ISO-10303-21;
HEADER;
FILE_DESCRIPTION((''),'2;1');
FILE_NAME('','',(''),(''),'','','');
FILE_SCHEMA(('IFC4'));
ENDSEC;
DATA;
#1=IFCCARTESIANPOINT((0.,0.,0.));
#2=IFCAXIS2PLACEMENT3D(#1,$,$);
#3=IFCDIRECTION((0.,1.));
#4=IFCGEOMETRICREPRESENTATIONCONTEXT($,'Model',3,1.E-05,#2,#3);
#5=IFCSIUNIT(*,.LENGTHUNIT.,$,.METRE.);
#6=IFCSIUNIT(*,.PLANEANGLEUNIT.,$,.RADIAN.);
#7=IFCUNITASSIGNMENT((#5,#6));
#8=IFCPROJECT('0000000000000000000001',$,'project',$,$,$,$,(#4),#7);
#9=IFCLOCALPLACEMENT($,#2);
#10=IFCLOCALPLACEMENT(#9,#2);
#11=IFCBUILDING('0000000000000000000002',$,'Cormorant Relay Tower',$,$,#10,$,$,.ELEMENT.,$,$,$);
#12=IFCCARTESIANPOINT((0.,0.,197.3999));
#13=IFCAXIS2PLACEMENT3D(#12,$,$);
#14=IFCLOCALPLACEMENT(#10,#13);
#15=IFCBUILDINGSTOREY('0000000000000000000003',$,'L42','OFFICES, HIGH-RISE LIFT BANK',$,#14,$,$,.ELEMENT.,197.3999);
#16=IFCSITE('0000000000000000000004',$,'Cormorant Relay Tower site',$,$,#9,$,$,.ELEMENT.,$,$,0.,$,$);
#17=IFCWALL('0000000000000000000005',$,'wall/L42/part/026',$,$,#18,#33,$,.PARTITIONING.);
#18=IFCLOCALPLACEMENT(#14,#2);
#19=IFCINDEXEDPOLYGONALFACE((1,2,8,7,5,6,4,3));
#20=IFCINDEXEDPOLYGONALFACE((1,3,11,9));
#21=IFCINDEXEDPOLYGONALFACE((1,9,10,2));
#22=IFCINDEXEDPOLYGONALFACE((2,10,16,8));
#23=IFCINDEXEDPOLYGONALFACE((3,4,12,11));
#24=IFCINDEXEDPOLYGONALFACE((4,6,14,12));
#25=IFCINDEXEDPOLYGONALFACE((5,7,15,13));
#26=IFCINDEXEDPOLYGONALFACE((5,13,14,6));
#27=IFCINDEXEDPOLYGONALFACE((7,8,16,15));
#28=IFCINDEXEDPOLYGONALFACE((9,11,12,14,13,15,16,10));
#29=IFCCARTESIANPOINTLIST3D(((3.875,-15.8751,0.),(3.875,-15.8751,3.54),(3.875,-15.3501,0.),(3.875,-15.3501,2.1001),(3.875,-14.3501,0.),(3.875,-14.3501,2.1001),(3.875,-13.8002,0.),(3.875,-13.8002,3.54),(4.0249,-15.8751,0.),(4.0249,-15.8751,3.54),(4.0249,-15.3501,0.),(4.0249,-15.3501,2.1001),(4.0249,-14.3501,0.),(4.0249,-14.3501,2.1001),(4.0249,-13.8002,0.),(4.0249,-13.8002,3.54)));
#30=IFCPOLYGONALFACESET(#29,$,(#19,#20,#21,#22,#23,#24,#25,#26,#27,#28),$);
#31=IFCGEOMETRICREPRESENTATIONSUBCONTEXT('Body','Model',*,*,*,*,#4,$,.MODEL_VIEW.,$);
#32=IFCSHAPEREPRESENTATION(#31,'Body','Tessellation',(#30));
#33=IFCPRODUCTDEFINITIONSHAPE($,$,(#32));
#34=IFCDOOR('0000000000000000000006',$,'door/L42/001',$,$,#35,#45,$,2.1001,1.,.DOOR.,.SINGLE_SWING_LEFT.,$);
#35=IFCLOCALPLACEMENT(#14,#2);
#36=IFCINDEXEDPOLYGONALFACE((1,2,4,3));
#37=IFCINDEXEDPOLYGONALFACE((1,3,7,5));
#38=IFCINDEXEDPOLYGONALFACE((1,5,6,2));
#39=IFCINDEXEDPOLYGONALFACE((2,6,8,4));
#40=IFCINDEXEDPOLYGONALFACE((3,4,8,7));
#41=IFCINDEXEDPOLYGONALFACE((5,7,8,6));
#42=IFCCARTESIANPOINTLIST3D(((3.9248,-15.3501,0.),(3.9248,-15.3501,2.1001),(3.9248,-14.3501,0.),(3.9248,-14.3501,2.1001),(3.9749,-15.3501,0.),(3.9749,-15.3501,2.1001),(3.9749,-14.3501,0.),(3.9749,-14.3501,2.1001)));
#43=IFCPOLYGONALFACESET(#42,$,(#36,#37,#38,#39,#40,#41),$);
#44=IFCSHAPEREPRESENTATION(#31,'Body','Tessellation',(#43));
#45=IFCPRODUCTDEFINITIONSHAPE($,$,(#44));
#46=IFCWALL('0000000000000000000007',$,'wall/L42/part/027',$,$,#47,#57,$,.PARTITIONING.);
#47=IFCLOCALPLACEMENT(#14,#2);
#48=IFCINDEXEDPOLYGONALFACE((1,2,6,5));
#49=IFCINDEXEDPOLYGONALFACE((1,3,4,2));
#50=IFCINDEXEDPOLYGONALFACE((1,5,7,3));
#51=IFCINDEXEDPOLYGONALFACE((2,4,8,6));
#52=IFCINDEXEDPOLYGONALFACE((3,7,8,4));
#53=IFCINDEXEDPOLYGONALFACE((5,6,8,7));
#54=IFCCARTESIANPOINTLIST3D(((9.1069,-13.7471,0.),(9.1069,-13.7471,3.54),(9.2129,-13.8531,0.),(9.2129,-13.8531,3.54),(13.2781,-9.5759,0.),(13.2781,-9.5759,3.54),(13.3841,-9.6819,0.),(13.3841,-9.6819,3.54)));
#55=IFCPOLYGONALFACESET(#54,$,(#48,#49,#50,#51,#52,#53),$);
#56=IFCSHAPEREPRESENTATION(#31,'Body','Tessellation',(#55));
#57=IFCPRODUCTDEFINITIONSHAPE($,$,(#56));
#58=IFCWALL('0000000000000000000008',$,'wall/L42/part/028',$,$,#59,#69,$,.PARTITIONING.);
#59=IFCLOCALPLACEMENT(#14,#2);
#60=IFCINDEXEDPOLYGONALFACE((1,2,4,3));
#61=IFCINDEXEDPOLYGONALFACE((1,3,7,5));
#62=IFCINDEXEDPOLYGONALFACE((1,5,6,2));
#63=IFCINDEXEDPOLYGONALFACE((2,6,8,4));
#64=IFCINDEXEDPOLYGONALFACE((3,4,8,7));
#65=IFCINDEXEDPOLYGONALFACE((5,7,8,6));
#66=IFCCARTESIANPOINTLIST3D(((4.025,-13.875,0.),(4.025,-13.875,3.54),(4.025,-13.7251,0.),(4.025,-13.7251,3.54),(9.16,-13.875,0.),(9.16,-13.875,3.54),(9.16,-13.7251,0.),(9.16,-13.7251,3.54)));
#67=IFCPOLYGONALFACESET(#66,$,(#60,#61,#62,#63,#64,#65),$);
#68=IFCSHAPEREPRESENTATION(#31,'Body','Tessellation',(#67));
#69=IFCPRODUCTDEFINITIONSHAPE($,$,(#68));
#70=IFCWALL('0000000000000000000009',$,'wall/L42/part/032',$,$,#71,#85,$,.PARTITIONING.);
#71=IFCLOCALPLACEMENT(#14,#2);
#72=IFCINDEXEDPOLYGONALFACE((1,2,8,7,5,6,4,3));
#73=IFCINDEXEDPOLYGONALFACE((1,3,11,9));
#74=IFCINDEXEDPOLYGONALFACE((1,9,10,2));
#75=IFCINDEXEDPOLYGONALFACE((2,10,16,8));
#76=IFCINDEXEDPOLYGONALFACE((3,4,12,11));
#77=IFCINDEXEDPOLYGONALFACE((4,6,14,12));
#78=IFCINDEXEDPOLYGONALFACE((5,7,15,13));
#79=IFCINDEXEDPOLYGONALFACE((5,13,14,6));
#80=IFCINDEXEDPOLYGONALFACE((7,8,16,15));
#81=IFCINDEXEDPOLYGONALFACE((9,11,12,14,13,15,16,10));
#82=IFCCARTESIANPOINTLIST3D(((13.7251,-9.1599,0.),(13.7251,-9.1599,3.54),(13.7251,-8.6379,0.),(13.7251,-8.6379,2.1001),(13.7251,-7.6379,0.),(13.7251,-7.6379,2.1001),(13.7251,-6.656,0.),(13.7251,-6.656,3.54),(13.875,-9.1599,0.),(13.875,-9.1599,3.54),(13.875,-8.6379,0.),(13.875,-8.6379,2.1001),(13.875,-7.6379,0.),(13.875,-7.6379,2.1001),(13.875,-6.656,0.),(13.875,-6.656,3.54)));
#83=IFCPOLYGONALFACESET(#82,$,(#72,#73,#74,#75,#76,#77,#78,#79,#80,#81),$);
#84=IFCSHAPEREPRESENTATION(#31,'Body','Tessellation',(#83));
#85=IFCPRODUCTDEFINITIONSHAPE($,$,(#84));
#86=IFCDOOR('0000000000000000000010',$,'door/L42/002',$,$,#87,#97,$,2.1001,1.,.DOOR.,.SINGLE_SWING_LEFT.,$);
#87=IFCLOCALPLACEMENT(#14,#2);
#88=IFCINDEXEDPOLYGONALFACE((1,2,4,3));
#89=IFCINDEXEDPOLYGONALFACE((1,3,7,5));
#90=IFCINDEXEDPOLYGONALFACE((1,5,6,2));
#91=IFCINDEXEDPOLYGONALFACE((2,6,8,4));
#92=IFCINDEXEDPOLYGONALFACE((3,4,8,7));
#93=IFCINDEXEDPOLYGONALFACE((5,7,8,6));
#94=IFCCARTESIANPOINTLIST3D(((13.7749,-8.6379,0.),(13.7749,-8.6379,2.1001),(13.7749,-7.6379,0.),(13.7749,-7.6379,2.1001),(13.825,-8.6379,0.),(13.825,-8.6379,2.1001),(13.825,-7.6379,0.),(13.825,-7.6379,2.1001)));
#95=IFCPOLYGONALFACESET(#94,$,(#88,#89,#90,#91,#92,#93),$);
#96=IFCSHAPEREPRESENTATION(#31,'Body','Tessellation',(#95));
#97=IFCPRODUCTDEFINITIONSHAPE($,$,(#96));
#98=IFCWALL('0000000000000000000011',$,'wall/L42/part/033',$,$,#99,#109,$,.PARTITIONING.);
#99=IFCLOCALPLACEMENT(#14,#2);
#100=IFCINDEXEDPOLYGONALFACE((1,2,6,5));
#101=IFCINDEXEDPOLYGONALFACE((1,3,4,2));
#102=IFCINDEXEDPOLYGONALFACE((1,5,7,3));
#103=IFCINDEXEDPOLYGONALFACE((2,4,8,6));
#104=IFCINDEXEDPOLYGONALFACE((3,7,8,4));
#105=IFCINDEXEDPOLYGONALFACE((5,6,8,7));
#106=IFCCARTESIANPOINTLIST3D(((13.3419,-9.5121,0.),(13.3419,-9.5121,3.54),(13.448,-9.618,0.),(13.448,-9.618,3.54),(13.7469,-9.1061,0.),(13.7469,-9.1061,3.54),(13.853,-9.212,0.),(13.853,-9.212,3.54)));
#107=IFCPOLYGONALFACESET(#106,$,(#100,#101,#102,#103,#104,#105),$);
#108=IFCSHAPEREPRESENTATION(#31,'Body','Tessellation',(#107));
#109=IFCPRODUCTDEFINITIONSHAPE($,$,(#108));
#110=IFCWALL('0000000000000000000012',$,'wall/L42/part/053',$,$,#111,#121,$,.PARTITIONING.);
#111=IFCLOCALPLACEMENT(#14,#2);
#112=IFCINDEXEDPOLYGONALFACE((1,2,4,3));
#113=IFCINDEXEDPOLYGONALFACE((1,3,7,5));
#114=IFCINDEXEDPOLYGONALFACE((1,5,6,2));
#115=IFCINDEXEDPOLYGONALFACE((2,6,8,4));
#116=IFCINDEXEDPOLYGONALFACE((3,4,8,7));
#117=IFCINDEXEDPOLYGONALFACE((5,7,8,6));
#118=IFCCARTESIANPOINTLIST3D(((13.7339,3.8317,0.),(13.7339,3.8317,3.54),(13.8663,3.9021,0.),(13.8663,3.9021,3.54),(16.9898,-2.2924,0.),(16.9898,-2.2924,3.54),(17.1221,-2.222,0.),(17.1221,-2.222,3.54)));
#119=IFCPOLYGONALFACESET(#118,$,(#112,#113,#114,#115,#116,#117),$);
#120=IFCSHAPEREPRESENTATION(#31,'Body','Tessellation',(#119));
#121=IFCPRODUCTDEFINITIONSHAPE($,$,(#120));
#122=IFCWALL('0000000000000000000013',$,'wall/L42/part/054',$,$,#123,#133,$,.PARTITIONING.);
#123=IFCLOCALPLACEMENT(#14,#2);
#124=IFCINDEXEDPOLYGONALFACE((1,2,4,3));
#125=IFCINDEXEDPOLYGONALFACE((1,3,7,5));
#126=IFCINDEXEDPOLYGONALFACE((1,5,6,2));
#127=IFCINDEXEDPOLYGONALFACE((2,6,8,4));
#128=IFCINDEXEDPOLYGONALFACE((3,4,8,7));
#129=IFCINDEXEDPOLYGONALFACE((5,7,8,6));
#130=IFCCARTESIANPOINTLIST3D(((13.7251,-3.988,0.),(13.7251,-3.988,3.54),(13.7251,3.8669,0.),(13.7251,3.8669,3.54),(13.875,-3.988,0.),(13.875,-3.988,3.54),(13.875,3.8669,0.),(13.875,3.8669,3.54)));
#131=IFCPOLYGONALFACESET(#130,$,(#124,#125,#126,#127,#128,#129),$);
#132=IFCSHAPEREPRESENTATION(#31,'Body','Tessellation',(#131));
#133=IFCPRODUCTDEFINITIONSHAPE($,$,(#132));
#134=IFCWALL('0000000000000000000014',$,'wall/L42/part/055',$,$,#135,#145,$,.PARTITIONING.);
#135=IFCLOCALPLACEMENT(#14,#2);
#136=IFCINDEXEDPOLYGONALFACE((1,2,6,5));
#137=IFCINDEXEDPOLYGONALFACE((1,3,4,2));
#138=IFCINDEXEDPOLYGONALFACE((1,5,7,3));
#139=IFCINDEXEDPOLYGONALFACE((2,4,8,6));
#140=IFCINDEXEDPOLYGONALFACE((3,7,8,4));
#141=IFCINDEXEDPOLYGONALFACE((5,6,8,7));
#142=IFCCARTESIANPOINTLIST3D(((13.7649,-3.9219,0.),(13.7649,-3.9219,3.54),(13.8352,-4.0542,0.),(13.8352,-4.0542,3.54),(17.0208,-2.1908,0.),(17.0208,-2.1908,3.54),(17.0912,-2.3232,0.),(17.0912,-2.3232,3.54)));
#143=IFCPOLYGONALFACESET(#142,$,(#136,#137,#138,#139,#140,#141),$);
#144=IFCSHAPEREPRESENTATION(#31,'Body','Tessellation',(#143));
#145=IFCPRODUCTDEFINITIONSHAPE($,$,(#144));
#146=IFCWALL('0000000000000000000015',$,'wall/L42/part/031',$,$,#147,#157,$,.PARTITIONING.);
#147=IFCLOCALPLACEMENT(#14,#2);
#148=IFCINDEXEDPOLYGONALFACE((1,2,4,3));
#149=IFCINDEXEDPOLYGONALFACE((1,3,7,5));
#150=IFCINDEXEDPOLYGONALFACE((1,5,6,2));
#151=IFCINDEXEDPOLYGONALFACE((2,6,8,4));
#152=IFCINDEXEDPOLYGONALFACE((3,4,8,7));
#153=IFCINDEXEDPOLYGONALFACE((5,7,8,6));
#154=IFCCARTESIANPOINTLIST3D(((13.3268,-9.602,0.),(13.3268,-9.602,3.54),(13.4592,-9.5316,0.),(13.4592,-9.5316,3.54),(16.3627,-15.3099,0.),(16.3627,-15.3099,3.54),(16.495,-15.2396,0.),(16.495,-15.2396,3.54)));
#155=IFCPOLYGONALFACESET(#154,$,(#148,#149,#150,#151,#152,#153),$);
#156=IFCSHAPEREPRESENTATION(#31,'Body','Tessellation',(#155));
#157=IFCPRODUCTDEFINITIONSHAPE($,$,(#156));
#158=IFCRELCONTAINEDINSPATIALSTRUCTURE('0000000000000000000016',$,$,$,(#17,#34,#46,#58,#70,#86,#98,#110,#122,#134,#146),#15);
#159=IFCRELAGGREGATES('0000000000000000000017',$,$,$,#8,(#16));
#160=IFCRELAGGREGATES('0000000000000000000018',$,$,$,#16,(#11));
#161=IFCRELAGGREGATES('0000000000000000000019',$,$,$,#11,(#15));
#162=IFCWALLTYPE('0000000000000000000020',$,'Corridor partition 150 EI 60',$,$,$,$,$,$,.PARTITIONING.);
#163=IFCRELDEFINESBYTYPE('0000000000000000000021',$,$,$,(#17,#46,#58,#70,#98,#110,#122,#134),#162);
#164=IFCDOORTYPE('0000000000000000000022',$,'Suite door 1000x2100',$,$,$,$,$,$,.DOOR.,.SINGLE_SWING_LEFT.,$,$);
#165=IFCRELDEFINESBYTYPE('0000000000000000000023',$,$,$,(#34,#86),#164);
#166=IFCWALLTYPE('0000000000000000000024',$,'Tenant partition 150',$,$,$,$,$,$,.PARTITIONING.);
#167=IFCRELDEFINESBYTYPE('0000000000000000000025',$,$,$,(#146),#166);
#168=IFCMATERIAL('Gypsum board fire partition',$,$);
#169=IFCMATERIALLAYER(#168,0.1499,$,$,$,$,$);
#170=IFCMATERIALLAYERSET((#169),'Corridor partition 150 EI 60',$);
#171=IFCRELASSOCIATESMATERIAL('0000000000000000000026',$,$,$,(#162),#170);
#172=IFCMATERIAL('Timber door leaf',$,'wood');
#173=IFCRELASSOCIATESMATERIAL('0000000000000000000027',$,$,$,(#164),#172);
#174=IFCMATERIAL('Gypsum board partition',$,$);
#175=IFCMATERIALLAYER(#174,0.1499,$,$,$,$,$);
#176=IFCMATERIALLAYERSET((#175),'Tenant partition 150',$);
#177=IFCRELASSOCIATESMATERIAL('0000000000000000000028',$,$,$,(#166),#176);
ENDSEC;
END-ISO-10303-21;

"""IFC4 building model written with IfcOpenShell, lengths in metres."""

from ifc_helpers import new_model, si_unit, direction, frame, frame_2d, origin, place, context, subcontext, project, spatial, rectangle, extrude, material, layer, layer_set, type_object, element, fill, save


model = new_model("IFC4")

# Units and contexts
model_context = context("Model", 3, precision=1e-05, world=origin(), true_north=direction((0.0, 1.0)))
body_context = subcontext(model_context, "Body", "Model", "MODEL_VIEW")
ifc_project = project(units=[si_unit("LENGTHUNIT", "METRE"), si_unit("PLANEANGLEUNIT", "RADIAN")], contexts=[model_context])

# Site, building, storey
site_placement = place(None, origin())
site = spatial("IfcSite", under=ifc_project, at=site_placement, Name="Cormorant Relay Tower site", CompositionType="ELEMENT", RefElevation=0.0)
building_placement = place(site_placement, origin())
building = spatial("IfcBuilding", under=site, at=building_placement, Name="Cormorant Relay Tower", CompositionType="ELEMENT")
storey_placement = place(building_placement, frame((0.0, 0.0, 197.3999)))
storey = spatial("IfcBuildingStorey", under=building, at=storey_placement, Name="L42", Description="OFFICES, HIGH-RISE LIFT BANK", CompositionType="ELEMENT", Elevation=197.3999)

# Wall, opening, door
ifc_material_1 = material(Name="Gypsum board fire partition")
ifc_layer_1 = layer(ifc_material_1, 0.1499)
ifc_layer_set_1 = layer_set([ifc_layer_1], Name="Corridor partition 150 EI 60")
wall_type_1 = type_object("IfcWallType", Name="Corridor partition 150 EI 60", PredefinedType="PARTITIONING", material=ifc_layer_set_1)
wall_1_placement = place(storey_placement, frame((3.95, -13.8, 0.0), z_axis=(0.0, 0.0, 1.0), x_axis=(0.0, -1.0, 0.0)))
wall_1 = element("IfcWall", 1, at=wall_1_placement, inside=storey, type_object=wall_type_1, Name="wall/L42/part/026", PredefinedType="PARTITIONING", context=body_context, shape_type="SweptSolid", body=[
    extrude(rectangle(XDim=2.075, YDim=0.1499, at=frame_2d((1.0376, 0.0))), origin(), (0.0, 0.0, 1.0), 3.54),
])
opening_1_placement = place(wall_1_placement, frame((0.55, 0.0, 0.0)))
opening_1 = element("IfcOpeningElement", 2, at=opening_1_placement, cuts=wall_1, PredefinedType="OPENING", context=body_context, shape_type="SweptSolid", body=[
    extrude(rectangle(XDim=1.0, YDim=2.1001, at=frame_2d((0.5, 1.05))), frame((0.0, 0.085, 0.0), z_axis=(0.0, -1.0, 0.0), x_axis=(1.0, 0.0, 0.0)), (0.0, 0.0, 1.0), 0.1699),
])
ifc_material_2 = material(Name="Timber door leaf", Category="wood")
door_type = type_object("IfcDoorType", Name="Suite door 1000x2100", OperationType="SINGLE_SWING_LEFT", PredefinedType="DOOR", material=ifc_material_2)
door_1_placement = place(opening_1_placement, origin())
door_1 = element("IfcDoor", 3, at=door_1_placement, inside=storey, type_object=door_type, Name="door/L42/001", OperationType="SINGLE_SWING_LEFT", OverallHeight=2.1001, OverallWidth=1.0, PredefinedType="DOOR", context=body_context, shape_type="SweptSolid", body=[
    extrude(rectangle(XDim=1.0, YDim=2.1001, at=frame_2d((0.5, 1.05))), frame((0.0, 0.0249, 0.0), z_axis=(0.0, -1.0, 0.0), x_axis=(1.0, 0.0, 0.0)), (0.0, 0.0, 1.0), 0.05),
])
fill(opening_1, door_1)

# Walls
wall_2_placement = place(storey_placement, frame((13.3311, -9.6289, 0.0), z_axis=(0.0, 0.0, 1.0), x_axis=(-0.707107, -0.707107, 0.0)))
element("IfcWall", 4, at=wall_2_placement, inside=storey, type_object=wall_type_1, Name="wall/L42/part/027", PredefinedType="PARTITIONING", context=body_context, shape_type="SweptSolid", body=[
    extrude(rectangle(XDim=5.8989, YDim=0.1499, at=frame_2d((2.9495, 0.0))), origin(), (0.0, 0.0, 1.0), 3.54),
])
wall_3_placement = place(storey_placement, frame((9.1599, -13.8, 0.0), z_axis=(0.0, 0.0, 1.0), x_axis=(-1.0, 0.0, 0.0)))
element("IfcWall", 5, at=wall_3_placement, inside=storey, type_object=wall_type_1, Name="wall/L42/part/028", PredefinedType="PARTITIONING", context=body_context, shape_type="SweptSolid", body=[
    extrude(rectangle(XDim=5.135, YDim=0.1499, at=frame_2d((2.5674, 0.0))), origin(), (0.0, 0.0, 1.0), 3.54),
])

# Wall, opening, door
wall_4_placement = place(storey_placement, frame((13.8, -6.656, 0.0), z_axis=(0.0, 0.0, 1.0), x_axis=(0.0, -1.0, 0.0)))
wall_4 = element("IfcWall", 6, at=wall_4_placement, inside=storey, type_object=wall_type_1, Name="wall/L42/part/032", PredefinedType="PARTITIONING", context=body_context, shape_type="SweptSolid", body=[
    extrude(rectangle(XDim=2.5039, YDim=0.1499, at=frame_2d((1.252, 0.0))), origin(), (0.0, 0.0, 1.0), 3.54),
])
opening_2_placement = place(wall_4_placement, frame((0.9819, 0.0, 0.0)))
opening_2 = element("IfcOpeningElement", 7, at=opening_2_placement, cuts=wall_4, PredefinedType="OPENING", context=body_context, shape_type="SweptSolid", body=[
    extrude(rectangle(XDim=1.0, YDim=2.1001, at=frame_2d((0.5, 1.05))), frame((0.0, 0.085, 0.0), z_axis=(0.0, -1.0, 0.0), x_axis=(1.0, 0.0, 0.0)), (0.0, 0.0, 1.0), 0.1699),
])
door_2_placement = place(opening_2_placement, origin())
door_2 = element("IfcDoor", 8, at=door_2_placement, inside=storey, type_object=door_type, Name="door/L42/002", OperationType="SINGLE_SWING_LEFT", OverallHeight=2.1001, OverallWidth=1.0, PredefinedType="DOOR", context=body_context, shape_type="SweptSolid", body=[
    extrude(rectangle(XDim=1.0, YDim=2.1001, at=frame_2d((0.5, 1.05))), frame((0.0, 0.0249, 0.0), z_axis=(0.0, -1.0, 0.0), x_axis=(1.0, 0.0, 0.0)), (0.0, 0.0, 1.0), 0.05),
])
fill(opening_2, door_2)

# Walls
wall_5_placement = place(storey_placement, frame((13.395, -9.5649, 0.0), z_axis=(0.0, 0.0, 1.0), x_axis=(0.706255, 0.707958, 0.0)))
element("IfcWall", 9, at=wall_5_placement, inside=storey, type_object=wall_type_1, Name="wall/L42/part/033", PredefinedType="PARTITIONING", context=body_context, shape_type="SweptSolid", body=[
    extrude(rectangle(XDim=0.5735, YDim=0.1499, at=frame_2d((0.2866, 0.0))), origin(), (0.0, 0.0, 1.0), 3.54),
])
wall_6_placement = place(storey_placement, frame((17.0559, -2.2571, 0.0), z_axis=(0.0, 0.0, 1.0), x_axis=(-0.469433, 0.882968, 0.0)))
element("IfcWall", 10, at=wall_6_placement, inside=storey, type_object=wall_type_1, Name="wall/L42/part/053", PredefinedType="PARTITIONING", context=body_context, shape_type="SweptSolid", body=[
    extrude(rectangle(XDim=6.9358, YDim=0.1499, at=frame_2d((3.4678, 0.0))), origin(), (0.0, 0.0, 1.0), 3.54),
])
wall_7_placement = place(storey_placement, frame((13.8, 3.8669, 0.0), z_axis=(0.0, 0.0, 1.0), x_axis=(0.0, -1.0, 0.0)))
element("IfcWall", 11, at=wall_7_placement, inside=storey, type_object=wall_type_1, Name="wall/L42/part/054", PredefinedType="PARTITIONING", context=body_context, shape_type="SweptSolid", body=[
    extrude(rectangle(XDim=7.855, YDim=0.1499, at=frame_2d((3.9275, 0.0))), origin(), (0.0, 0.0, 1.0), 3.54),
])
wall_8_placement = place(storey_placement, frame((13.8, -3.988, 0.0), z_axis=(0.0, 0.0, 1.0), x_axis=(0.882972, 0.469426, 0.0)))
element("IfcWall", 12, at=wall_8_placement, inside=storey, type_object=wall_type_1, Name="wall/L42/part/055", PredefinedType="PARTITIONING", context=body_context, shape_type="SweptSolid", body=[
    extrude(rectangle(XDim=3.6875, YDim=0.1499, at=frame_2d((1.8438, 0.0))), origin(), (0.0, 0.0, 1.0), 3.54),
])
ifc_material_3 = material(Name="Gypsum board partition")
ifc_layer_2 = layer(ifc_material_3, 0.1499)
ifc_layer_set_2 = layer_set([ifc_layer_2], Name="Tenant partition 150")
wall_type_2 = type_object("IfcWallType", Name="Tenant partition 150", PredefinedType="PARTITIONING", material=ifc_layer_set_2)
wall_9_placement = place(storey_placement, frame((13.3931, -9.5669, 0.0), z_axis=(0.0, 0.0, 1.0), x_axis=(0.469579, -0.882891, 0.0)))
element("IfcWall", 13, at=wall_9_placement, inside=storey, type_object=wall_type_2, Name="wall/L42/part/031", PredefinedType="PARTITIONING", context=body_context, shape_type="SweptSolid", body=[
    extrude(rectangle(XDim=6.4651, YDim=0.1499, at=frame_2d((3.2324, 0.0))), origin(), (0.0, 0.0, 1.0), 3.54),
])

save(model, "model.ifc")
